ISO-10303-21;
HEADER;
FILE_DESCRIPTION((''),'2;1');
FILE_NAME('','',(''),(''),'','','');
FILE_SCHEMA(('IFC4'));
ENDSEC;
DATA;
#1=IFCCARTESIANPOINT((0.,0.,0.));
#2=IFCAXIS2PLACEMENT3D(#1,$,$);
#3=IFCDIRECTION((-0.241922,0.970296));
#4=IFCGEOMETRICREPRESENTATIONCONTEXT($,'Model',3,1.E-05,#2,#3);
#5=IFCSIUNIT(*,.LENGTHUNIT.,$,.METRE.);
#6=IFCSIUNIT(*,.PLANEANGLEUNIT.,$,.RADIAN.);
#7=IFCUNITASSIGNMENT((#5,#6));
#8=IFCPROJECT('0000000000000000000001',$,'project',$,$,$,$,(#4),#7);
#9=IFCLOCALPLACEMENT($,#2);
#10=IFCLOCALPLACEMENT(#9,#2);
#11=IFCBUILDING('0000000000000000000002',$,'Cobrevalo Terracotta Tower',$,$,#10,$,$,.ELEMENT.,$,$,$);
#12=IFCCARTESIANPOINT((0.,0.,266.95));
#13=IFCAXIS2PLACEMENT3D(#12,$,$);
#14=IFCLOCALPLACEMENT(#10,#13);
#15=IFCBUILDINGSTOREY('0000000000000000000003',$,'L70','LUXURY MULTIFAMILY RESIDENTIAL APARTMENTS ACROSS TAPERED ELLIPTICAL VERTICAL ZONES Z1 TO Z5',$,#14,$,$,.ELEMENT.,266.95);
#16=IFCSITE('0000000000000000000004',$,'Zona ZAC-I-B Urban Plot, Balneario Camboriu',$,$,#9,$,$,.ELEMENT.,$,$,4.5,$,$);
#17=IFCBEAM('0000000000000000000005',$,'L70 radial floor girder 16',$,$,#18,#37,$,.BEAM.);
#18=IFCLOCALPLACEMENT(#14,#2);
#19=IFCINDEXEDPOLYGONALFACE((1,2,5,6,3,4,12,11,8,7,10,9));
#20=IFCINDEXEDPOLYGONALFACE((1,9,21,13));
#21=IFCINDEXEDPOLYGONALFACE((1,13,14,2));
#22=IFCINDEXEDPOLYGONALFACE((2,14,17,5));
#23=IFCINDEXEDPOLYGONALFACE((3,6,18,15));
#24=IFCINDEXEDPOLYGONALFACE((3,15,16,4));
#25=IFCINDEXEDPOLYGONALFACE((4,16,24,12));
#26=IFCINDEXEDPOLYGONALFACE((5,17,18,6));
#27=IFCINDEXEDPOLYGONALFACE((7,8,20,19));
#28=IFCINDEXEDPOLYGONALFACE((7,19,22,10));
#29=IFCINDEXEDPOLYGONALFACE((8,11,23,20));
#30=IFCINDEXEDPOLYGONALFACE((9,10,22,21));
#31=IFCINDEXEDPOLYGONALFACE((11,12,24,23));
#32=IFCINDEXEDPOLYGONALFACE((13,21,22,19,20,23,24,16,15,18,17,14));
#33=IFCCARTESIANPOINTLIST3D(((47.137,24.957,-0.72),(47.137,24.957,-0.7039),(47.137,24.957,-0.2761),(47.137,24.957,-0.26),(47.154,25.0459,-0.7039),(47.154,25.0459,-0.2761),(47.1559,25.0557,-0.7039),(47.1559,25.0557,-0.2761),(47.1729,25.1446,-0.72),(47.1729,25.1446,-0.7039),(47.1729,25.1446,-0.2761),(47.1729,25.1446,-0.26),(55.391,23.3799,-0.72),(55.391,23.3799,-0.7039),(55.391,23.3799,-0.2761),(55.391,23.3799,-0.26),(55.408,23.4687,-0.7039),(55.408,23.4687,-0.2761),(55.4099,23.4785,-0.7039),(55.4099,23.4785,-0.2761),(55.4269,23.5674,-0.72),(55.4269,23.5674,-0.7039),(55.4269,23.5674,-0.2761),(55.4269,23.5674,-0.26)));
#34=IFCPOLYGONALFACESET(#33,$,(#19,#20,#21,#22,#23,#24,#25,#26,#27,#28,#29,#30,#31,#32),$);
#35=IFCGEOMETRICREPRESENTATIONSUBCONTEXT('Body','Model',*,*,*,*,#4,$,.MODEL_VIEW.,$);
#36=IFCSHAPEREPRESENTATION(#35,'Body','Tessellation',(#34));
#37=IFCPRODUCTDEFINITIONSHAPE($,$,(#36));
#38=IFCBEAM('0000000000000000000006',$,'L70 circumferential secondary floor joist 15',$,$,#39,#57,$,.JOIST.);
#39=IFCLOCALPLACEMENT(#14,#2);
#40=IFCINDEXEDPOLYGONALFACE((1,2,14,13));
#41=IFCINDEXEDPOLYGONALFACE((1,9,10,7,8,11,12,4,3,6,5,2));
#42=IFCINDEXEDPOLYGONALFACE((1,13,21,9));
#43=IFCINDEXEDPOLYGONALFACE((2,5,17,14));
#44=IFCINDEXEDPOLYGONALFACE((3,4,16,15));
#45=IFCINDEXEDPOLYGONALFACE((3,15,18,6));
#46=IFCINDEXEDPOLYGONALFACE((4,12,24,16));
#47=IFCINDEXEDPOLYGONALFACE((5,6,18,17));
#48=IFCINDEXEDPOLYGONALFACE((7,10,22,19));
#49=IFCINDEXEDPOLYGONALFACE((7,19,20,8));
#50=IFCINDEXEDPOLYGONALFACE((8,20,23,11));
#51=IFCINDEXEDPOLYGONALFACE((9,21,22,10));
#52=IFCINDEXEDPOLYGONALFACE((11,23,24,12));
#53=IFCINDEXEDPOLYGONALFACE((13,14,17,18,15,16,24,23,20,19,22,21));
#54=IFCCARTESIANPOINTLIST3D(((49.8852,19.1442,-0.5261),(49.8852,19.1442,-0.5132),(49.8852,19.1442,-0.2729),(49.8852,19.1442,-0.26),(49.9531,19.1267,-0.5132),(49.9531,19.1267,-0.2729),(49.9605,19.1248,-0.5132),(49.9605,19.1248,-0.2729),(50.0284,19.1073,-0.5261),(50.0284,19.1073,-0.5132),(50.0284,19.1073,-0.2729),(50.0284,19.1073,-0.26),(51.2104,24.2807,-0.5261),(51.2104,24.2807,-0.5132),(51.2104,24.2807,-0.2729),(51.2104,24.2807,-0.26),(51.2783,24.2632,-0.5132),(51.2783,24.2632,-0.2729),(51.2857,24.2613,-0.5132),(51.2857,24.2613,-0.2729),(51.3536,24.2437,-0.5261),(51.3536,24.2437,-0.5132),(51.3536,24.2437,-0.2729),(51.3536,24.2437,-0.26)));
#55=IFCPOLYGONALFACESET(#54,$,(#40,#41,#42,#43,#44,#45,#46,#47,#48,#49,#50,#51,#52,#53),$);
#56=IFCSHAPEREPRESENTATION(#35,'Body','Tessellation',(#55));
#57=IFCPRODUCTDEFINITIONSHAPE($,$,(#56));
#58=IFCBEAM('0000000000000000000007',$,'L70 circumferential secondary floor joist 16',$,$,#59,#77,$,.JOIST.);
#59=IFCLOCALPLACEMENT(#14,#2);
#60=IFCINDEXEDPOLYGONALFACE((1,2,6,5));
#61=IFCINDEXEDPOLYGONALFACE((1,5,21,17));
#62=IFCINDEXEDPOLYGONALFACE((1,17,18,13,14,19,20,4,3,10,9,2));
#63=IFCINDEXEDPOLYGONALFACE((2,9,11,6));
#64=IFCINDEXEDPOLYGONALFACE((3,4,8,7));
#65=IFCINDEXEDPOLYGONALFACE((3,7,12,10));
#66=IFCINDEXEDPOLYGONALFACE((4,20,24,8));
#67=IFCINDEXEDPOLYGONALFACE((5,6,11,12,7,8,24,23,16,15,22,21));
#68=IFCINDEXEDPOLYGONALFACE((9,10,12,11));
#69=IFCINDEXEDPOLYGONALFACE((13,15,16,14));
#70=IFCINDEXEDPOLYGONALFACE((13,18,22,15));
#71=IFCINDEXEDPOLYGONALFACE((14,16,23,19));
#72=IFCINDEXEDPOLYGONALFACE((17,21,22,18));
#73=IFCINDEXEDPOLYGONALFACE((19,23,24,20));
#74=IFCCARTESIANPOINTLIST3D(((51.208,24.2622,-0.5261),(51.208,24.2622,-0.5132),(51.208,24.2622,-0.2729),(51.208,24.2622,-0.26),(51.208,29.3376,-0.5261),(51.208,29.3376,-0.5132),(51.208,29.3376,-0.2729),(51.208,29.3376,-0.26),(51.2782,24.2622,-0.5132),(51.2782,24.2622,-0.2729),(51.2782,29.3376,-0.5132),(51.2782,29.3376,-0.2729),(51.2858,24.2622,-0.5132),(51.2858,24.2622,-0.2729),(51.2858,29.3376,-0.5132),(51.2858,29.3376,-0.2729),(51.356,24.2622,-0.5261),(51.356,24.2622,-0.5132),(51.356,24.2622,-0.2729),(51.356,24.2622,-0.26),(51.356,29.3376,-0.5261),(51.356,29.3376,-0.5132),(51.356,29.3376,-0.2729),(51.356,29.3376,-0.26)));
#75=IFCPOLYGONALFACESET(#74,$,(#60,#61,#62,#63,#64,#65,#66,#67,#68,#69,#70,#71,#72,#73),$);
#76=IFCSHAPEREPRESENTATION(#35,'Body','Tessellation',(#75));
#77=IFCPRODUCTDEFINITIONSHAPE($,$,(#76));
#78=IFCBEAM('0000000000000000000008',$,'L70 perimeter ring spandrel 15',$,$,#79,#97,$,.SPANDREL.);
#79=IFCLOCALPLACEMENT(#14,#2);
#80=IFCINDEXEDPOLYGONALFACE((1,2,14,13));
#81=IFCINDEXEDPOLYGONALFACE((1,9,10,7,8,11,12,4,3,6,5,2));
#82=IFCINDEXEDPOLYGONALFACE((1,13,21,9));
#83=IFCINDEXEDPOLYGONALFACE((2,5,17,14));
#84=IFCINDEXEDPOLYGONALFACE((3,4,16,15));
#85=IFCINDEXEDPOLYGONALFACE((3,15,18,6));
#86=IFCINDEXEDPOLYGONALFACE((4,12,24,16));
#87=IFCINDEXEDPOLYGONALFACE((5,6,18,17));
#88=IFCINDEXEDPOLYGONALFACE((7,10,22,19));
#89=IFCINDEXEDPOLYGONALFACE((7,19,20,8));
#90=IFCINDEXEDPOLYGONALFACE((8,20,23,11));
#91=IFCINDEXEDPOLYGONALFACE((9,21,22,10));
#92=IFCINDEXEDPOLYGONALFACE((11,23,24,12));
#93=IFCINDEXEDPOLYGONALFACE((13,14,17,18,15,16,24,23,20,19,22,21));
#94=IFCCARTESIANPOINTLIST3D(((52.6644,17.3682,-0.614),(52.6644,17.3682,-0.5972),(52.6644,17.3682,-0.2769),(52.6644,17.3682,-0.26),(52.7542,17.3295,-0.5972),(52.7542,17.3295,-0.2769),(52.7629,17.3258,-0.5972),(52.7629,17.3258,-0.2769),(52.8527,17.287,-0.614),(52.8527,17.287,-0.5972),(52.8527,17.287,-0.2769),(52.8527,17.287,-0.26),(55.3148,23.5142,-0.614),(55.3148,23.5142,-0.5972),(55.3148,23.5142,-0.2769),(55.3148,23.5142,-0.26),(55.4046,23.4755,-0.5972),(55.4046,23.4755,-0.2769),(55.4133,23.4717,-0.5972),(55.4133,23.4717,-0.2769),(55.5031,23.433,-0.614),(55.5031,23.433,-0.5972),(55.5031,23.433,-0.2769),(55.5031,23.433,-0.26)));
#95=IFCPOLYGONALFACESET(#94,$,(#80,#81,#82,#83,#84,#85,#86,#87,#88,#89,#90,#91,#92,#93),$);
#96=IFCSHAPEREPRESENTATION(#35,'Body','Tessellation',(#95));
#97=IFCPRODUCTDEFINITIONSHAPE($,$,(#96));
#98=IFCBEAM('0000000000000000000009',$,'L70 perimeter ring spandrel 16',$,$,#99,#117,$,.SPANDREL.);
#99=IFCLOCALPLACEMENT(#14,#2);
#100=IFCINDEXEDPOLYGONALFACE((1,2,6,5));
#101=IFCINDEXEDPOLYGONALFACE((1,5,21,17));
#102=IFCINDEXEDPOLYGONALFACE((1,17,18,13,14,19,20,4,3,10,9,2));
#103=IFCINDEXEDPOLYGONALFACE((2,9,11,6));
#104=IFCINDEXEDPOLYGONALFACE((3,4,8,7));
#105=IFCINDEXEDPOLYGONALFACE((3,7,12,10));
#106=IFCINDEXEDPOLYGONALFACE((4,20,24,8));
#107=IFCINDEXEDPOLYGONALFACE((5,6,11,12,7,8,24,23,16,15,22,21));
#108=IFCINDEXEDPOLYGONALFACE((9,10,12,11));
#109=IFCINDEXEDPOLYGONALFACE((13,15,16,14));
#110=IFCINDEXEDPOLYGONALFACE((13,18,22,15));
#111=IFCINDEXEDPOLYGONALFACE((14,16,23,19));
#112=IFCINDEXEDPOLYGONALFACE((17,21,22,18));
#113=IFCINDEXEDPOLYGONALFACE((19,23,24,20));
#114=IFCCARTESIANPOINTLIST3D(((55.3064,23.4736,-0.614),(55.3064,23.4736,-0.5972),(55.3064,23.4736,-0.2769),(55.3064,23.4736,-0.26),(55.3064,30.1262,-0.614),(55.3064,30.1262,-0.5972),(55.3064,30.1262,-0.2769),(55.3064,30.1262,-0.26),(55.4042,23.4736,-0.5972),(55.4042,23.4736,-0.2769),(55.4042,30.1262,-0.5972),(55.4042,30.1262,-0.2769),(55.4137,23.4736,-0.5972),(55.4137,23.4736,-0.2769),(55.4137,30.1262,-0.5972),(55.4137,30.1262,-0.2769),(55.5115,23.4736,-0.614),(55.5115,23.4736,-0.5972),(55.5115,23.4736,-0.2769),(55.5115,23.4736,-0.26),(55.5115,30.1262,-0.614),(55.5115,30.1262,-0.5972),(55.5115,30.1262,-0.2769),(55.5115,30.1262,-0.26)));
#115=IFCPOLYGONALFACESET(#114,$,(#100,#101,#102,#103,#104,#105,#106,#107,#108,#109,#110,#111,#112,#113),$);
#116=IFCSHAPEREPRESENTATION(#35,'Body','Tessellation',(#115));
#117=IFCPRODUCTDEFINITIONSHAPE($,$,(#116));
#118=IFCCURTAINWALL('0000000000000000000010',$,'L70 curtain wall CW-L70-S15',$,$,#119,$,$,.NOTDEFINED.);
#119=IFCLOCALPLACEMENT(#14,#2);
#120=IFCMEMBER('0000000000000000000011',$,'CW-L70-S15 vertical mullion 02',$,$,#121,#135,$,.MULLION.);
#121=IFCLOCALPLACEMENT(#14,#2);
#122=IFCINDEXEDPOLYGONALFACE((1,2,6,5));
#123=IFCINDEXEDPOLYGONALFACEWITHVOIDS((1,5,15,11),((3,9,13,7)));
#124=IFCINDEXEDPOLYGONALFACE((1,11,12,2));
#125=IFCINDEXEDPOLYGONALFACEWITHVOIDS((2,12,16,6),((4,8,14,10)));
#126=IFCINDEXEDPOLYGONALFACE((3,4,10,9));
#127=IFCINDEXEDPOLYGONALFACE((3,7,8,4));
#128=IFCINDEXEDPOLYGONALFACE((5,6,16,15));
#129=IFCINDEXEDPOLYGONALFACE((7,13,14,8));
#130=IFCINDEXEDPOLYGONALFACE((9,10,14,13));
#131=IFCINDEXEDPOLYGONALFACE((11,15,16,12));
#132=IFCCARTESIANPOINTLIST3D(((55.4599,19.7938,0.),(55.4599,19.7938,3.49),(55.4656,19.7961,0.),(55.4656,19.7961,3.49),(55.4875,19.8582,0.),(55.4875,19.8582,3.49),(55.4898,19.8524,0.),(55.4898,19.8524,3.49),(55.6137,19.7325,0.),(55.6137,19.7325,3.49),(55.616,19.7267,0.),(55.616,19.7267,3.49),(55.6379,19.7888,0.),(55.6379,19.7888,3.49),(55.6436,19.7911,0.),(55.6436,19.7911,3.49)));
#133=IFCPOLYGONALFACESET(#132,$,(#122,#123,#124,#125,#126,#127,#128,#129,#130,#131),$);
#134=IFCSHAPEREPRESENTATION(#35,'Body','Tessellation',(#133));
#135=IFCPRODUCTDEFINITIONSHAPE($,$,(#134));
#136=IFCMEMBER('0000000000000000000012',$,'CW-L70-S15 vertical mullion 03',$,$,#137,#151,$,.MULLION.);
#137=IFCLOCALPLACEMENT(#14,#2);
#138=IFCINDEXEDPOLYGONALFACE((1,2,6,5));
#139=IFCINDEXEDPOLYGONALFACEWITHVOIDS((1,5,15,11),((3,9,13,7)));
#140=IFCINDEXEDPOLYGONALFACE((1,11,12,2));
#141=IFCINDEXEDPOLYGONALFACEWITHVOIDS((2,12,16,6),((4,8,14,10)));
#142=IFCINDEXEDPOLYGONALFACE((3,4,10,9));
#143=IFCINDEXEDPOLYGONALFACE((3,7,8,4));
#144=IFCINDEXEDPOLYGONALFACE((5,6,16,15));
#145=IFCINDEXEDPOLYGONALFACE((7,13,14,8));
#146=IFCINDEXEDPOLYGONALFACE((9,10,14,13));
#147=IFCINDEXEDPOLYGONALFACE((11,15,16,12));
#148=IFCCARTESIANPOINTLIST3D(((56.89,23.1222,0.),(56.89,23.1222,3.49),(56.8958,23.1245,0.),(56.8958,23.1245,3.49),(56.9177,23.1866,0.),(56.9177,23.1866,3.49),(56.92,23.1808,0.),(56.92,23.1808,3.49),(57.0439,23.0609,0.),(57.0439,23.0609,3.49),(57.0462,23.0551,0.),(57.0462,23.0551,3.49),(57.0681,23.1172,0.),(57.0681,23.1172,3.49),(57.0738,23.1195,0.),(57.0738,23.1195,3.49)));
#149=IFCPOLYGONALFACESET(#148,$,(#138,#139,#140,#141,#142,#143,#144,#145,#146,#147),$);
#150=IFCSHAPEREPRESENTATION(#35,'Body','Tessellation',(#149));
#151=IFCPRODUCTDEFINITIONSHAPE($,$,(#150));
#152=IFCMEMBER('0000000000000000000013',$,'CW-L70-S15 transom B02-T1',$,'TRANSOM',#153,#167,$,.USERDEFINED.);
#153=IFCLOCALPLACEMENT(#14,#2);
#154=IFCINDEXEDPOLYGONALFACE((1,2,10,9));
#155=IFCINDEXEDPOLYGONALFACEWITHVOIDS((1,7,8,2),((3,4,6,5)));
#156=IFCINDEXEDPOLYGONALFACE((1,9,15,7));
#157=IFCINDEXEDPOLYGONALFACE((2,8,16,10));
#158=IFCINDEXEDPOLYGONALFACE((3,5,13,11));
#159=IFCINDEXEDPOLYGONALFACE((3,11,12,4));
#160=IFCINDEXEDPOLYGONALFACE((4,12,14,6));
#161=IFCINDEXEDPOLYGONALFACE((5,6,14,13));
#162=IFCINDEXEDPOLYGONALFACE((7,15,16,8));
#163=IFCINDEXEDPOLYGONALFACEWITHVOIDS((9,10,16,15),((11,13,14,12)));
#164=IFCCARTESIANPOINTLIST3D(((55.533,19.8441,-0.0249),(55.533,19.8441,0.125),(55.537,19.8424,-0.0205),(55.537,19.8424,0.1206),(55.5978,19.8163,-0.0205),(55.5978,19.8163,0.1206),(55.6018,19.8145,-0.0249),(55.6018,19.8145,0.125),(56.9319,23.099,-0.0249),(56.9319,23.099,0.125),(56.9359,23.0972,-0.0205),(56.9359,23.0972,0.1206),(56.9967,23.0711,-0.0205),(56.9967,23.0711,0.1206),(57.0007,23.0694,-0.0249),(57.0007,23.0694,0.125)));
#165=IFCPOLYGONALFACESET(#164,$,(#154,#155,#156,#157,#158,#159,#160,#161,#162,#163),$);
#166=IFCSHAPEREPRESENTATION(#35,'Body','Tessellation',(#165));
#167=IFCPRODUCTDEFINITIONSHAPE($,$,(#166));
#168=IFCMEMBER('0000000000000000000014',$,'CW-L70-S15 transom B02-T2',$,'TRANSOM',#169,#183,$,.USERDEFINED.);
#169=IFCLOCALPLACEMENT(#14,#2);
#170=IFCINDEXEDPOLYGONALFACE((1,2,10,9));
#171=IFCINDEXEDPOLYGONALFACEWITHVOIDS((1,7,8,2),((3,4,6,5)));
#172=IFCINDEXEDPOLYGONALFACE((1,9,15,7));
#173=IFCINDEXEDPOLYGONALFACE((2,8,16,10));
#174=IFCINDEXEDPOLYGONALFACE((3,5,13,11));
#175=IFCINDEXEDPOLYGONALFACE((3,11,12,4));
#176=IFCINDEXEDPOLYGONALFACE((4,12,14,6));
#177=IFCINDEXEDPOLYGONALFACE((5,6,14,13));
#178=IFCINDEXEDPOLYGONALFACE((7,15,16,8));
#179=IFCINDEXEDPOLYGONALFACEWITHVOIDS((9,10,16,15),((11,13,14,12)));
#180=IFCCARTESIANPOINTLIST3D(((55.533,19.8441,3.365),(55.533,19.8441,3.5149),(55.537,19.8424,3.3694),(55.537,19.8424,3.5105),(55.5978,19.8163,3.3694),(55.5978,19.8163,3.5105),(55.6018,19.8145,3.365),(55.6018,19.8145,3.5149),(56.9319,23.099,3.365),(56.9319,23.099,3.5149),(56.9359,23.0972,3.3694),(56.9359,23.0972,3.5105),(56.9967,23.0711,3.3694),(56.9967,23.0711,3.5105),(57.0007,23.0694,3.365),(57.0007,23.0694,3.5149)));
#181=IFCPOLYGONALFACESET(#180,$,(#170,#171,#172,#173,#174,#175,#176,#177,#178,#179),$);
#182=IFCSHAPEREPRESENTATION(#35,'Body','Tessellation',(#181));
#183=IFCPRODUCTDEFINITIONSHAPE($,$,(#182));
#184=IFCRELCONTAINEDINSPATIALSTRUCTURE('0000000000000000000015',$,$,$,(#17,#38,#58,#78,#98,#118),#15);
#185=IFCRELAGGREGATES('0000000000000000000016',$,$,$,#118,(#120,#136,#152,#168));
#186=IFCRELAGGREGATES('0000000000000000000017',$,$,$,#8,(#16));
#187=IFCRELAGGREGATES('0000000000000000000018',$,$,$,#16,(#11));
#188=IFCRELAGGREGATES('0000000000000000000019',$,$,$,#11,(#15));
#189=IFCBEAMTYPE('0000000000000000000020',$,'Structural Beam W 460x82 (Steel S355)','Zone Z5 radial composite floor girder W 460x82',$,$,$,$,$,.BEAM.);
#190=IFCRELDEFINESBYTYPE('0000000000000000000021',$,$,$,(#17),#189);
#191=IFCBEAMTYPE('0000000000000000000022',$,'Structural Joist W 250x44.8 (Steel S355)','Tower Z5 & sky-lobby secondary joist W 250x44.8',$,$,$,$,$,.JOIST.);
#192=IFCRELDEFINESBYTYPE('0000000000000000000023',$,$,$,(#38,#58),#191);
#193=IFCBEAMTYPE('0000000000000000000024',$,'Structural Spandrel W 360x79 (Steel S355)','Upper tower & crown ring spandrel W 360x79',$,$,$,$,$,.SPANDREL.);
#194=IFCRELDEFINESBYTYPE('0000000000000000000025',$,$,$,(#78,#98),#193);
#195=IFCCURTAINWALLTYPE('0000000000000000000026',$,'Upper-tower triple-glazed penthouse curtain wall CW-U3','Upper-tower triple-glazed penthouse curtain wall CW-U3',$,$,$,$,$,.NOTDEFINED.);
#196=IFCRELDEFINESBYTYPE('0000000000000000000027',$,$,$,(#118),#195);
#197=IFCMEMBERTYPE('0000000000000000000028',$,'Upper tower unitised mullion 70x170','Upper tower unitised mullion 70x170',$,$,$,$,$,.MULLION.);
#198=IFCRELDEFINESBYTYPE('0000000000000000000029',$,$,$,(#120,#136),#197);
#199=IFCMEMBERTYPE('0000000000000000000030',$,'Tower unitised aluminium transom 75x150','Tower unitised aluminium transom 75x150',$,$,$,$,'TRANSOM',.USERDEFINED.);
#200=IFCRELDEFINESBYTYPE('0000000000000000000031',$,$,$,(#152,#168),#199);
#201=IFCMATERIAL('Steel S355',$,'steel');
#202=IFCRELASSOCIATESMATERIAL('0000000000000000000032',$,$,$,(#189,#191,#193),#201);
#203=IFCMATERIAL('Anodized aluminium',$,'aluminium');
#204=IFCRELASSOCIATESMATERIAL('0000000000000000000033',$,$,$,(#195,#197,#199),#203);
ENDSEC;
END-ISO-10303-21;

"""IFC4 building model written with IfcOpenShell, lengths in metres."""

from ifc_helpers import new_model, si_unit, direction, frame, origin, origin_2d, place, context, subcontext, project, spatial, hollow_rectangle, i_section, extrude, source, transform, mapped, material, material_profile, profile_set, type_object, element, aggregate, save


model = new_model("IFC4")

# Units and contexts
model_context = context("Model", 3, precision=1e-05, world=origin(), true_north=direction((-0.241922, 0.970296)))
body_context = subcontext(model_context, "Body", "Model", "MODEL_VIEW")
ifc_project = project(units=[si_unit("LENGTHUNIT", "METRE"), si_unit("PLANEANGLEUNIT", "RADIAN")], contexts=[model_context])

# Site, building, storey
site_placement = place(None, origin())
site = spatial("IfcSite", under=ifc_project, at=site_placement, Name="Zona ZAC-I-B Urban Plot, Balneario Camboriu", CompositionType="ELEMENT", RefElevation=4.5)
building_placement = place(site_placement, origin())
building = spatial("IfcBuilding", under=site, at=building_placement, Name="Cobrevalo Terracotta Tower", CompositionType="ELEMENT")
storey_placement = place(building_placement, frame((0.0, 0.0, 266.95)))
storey = spatial("IfcBuildingStorey", under=building, at=storey_placement, Name="L70", Description="LUXURY MULTIFAMILY RESIDENTIAL APARTMENTS ACROSS TAPERED ELLIPTICAL VERTICAL ZONES Z1 TO Z5", CompositionType="ELEMENT", Elevation=266.95)

# Shared definitions
ifc_material_1 = material(Name="Steel S355", Category="steel")

# Beams
ifc_material_profile_1 = material_profile(ifc_material_1, i_section(OverallWidth=0.1909, OverallDepth=0.46, WebThickness=0.01, FlangeThickness=0.0161, at=origin_2d()), Name="W 460x82")
ifc_profile_set_1 = profile_set([ifc_material_profile_1], Name="Steel S355")
beam_type_1 = type_object("IfcBeamType", Name="Structural Beam W 460x82 (Steel S355)", Description="Zone Z5 radial composite floor girder W 460x82", PredefinedType="BEAM", material=ifc_profile_set_1)
beam_1_placement = place(storey_placement, frame((55.4089, 23.4736, -0.49), z_axis=(-0.98223, 0.187683, 0.0), x_axis=(-0.187683, -0.98223, 0.0)))
element("IfcBeam", 1, at=beam_1_placement, inside=storey, type_object=beam_type_1, Name="L70 radial floor girder 16", PredefinedType="BEAM", context=body_context, shape_type="SweptSolid", body=[
    extrude(i_section(OverallWidth=0.1909, OverallDepth=0.46, WebThickness=0.01, FlangeThickness=0.0161, at=origin_2d()), origin(), (0.0, 0.0, 1.0), 8.4033),
])
ifc_material_profile_2 = material_profile(ifc_material_1, i_section(OverallWidth=0.1479, OverallDepth=0.2661, WebThickness=0.0076, FlangeThickness=0.0129, at=origin_2d()), Name="W 250x44.8")
ifc_profile_set_2 = profile_set([ifc_material_profile_2], Name="Steel S355")
beam_type_2 = type_object("IfcBeamType", Name="Structural Joist W 250x44.8 (Steel S355)", Description="Tower Z5 & sky-lobby secondary joist W 250x44.8", PredefinedType="JOIST", material=ifc_profile_set_2)
beam_2_placement = place(storey_placement, frame((49.9568, 19.1257, -0.3931), z_axis=(0.249817, 0.968293, 0.0), x_axis=(-0.968293, 0.249817, 0.0)))
element("IfcBeam", 2, at=beam_2_placement, inside=storey, type_object=beam_type_2, Name="L70 circumferential secondary floor joist 15", PredefinedType="JOIST", context=body_context, shape_type="SweptSolid", body=[
    extrude(i_section(OverallWidth=0.1479, OverallDepth=0.2661, WebThickness=0.0076, FlangeThickness=0.0129, at=origin_2d()), origin(), (0.0, 0.0, 1.0), 5.3047),
])
beam_3_placement = place(storey_placement, frame((51.282, 24.2622, -0.3931), z_axis=(0.0, 1.0, 0.0), x_axis=(-1.0, 0.0, 0.0)))
element("IfcBeam", 3, at=beam_3_placement, inside=storey, type_object=beam_type_2, Name="L70 circumferential secondary floor joist 16", PredefinedType="JOIST", context=body_context, shape_type="SweptSolid", body=[
    extrude(i_section(OverallWidth=0.1479, OverallDepth=0.2661, WebThickness=0.0076, FlangeThickness=0.0129, at=origin_2d()), origin(), (0.0, 0.0, 1.0), 5.0754),
])
ifc_material_profile_3 = material_profile(ifc_material_1, i_section(OverallWidth=0.2051, OverallDepth=0.354, WebThickness=0.0095, FlangeThickness=0.0168, at=origin_2d()), Name="W 360x79")
ifc_profile_set_3 = profile_set([ifc_material_profile_3], Name="Steel S355")
beam_type_3 = type_object("IfcBeamType", Name="Structural Spandrel W 360x79 (Steel S355)", Description="Upper tower & crown ring spandrel W 360x79", PredefinedType="SPANDREL", material=ifc_profile_set_3)
beam_4_placement = place(storey_placement, frame((52.7585, 17.3276, -0.437), z_axis=(0.395987, 0.918256, 0.0), x_axis=(-0.918256, 0.395987, 0.0)))
element("IfcBeam", 4, at=beam_4_placement, inside=storey, type_object=beam_type_3, Name="L70 perimeter ring spandrel 15", PredefinedType="SPANDREL", context=body_context, shape_type="SweptSolid", body=[
    extrude(i_section(OverallWidth=0.2051, OverallDepth=0.354, WebThickness=0.0095, FlangeThickness=0.0168, at=origin_2d()), origin(), (0.0, 0.0, 1.0), 6.6931),
])
beam_5_placement = place(storey_placement, frame((55.4089, 23.4736, -0.437), z_axis=(0.0, 1.0, 0.0), x_axis=(-1.0, 0.0, 0.0)))
element("IfcBeam", 5, at=beam_5_placement, inside=storey, type_object=beam_type_3, Name="L70 perimeter ring spandrel 16", PredefinedType="SPANDREL", context=body_context, shape_type="SweptSolid", body=[
    extrude(i_section(OverallWidth=0.2051, OverallDepth=0.354, WebThickness=0.0095, FlangeThickness=0.0168, at=origin_2d()), origin(), (0.0, 0.0, 1.0), 6.6526),
])

# Curtain wall, members
ifc_material_2 = material(Name="Anodized aluminium", Category="aluminium")
curtain_wall_type = type_object("IfcCurtainWallType", Name="Upper-tower triple-glazed penthouse curtain wall CW-U3", Description="Upper-tower triple-glazed penthouse curtain wall CW-U3", PredefinedType="NOTDEFINED", material=ifc_material_2)
curtain_wall_placement = place(storey_placement, origin())
curtain_wall = element("IfcCurtainWall", 6, at=curtain_wall_placement, inside=storey, type_object=curtain_wall_type, Name="L70 curtain wall CW-L70-S15", PredefinedType="NOTDEFINED")
ifc_material_profile_4 = material_profile(ifc_material_2, hollow_rectangle(XDim=0.0701, YDim=0.1699, WallThickness=0.0044, at=origin_2d()), Name="CWM 70x170")
ifc_profile_set_4 = profile_set([ifc_material_profile_4], Name="Anodized aluminium")
member_type_1 = type_object("IfcMemberType", Name="Upper tower unitised mullion 70x170", Description="Upper tower unitised mullion 70x170", PredefinedType="MULLION", material=ifc_profile_set_4)
shared_shape_1 = source(origin(), body_context, "Body", "SweptSolid", [
    extrude(hollow_rectangle(XDim=0.0701, YDim=0.1699, WallThickness=0.0044, at=origin_2d()), origin(), (0.0, 0.0, 1.0), 3.49),
])
member_1_placement = place(storey_placement, frame((55.5518, 19.7925, 0.0), z_axis=(0.0, 0.0, 1.0), x_axis=(0.394824, 0.918757, 0.0)))
member_1 = element("IfcMember", 7, at=member_1_placement, type_object=member_type_1, Name="CW-L70-S15 vertical mullion 02", PredefinedType="MULLION", context=body_context, shape_type="MappedRepresentation", body=[
    mapped(shared_shape_1, transform((0.0, 0.0, 0.0), scale=1.0)),
])
member_2_placement = place(storey_placement, frame((56.9819, 23.1208, 0.0), z_axis=(0.0, 0.0, 1.0), x_axis=(0.394824, 0.918757, 0.0)))
member_2 = element("IfcMember", 8, at=member_2_placement, type_object=member_type_1, Name="CW-L70-S15 vertical mullion 03", PredefinedType="MULLION", context=body_context, shape_type="MappedRepresentation", body=[
    mapped(shared_shape_1, transform((0.0, 0.0, 0.0), scale=1.0)),
])
ifc_material_profile_5 = material_profile(ifc_material_2, hollow_rectangle(XDim=0.075, YDim=0.1499, WallThickness=0.0044, at=origin_2d()), Name="CWT 75x150")
ifc_profile_set_5 = profile_set([ifc_material_profile_5], Name="Anodized aluminium")
member_type_2 = type_object("IfcMemberType", Name="Tower unitised aluminium transom 75x150", Description="Tower unitised aluminium transom 75x150", ElementType="TRANSOM", PredefinedType="USERDEFINED", material=ifc_profile_set_5)
shared_shape_2 = source(origin(), body_context, "Body", "SweptSolid", [
    extrude(hollow_rectangle(XDim=0.075, YDim=0.1499, WallThickness=0.0044, at=origin_2d()), origin(), (0.0, 0.0, 1.0), 3.5427),
])
member_3_placement = place(storey_placement, frame((55.5674, 19.8293, 0.05), z_axis=(0.394867, 0.918738, 0.0), x_axis=(-0.918738, 0.394867, 0.0)))
member_3 = element("IfcMember", 9, at=member_3_placement, type_object=member_type_2, Name="CW-L70-S15 transom B02-T1", ObjectType="TRANSOM", PredefinedType="USERDEFINED", context=body_context, shape_type="MappedRepresentation", body=[
    mapped(shared_shape_2, transform((0.0, 0.0, 0.0), scale=1.0)),
])
member_4_placement = place(storey_placement, frame((55.5674, 19.8293, 3.4399), z_axis=(0.394867, 0.918738, 0.0), x_axis=(-0.918738, 0.394867, 0.0)))
member_4 = element("IfcMember", 10, at=member_4_placement, type_object=member_type_2, Name="CW-L70-S15 transom B02-T2", ObjectType="TRANSOM", PredefinedType="USERDEFINED", context=body_context, shape_type="MappedRepresentation", body=[
    mapped(shared_shape_2, transform((0.0, 0.0, 0.0), scale=1.0)),
])
aggregate(curtain_wall, [member_1, member_2, member_3, member_4])

save(model, "model.ifc")
